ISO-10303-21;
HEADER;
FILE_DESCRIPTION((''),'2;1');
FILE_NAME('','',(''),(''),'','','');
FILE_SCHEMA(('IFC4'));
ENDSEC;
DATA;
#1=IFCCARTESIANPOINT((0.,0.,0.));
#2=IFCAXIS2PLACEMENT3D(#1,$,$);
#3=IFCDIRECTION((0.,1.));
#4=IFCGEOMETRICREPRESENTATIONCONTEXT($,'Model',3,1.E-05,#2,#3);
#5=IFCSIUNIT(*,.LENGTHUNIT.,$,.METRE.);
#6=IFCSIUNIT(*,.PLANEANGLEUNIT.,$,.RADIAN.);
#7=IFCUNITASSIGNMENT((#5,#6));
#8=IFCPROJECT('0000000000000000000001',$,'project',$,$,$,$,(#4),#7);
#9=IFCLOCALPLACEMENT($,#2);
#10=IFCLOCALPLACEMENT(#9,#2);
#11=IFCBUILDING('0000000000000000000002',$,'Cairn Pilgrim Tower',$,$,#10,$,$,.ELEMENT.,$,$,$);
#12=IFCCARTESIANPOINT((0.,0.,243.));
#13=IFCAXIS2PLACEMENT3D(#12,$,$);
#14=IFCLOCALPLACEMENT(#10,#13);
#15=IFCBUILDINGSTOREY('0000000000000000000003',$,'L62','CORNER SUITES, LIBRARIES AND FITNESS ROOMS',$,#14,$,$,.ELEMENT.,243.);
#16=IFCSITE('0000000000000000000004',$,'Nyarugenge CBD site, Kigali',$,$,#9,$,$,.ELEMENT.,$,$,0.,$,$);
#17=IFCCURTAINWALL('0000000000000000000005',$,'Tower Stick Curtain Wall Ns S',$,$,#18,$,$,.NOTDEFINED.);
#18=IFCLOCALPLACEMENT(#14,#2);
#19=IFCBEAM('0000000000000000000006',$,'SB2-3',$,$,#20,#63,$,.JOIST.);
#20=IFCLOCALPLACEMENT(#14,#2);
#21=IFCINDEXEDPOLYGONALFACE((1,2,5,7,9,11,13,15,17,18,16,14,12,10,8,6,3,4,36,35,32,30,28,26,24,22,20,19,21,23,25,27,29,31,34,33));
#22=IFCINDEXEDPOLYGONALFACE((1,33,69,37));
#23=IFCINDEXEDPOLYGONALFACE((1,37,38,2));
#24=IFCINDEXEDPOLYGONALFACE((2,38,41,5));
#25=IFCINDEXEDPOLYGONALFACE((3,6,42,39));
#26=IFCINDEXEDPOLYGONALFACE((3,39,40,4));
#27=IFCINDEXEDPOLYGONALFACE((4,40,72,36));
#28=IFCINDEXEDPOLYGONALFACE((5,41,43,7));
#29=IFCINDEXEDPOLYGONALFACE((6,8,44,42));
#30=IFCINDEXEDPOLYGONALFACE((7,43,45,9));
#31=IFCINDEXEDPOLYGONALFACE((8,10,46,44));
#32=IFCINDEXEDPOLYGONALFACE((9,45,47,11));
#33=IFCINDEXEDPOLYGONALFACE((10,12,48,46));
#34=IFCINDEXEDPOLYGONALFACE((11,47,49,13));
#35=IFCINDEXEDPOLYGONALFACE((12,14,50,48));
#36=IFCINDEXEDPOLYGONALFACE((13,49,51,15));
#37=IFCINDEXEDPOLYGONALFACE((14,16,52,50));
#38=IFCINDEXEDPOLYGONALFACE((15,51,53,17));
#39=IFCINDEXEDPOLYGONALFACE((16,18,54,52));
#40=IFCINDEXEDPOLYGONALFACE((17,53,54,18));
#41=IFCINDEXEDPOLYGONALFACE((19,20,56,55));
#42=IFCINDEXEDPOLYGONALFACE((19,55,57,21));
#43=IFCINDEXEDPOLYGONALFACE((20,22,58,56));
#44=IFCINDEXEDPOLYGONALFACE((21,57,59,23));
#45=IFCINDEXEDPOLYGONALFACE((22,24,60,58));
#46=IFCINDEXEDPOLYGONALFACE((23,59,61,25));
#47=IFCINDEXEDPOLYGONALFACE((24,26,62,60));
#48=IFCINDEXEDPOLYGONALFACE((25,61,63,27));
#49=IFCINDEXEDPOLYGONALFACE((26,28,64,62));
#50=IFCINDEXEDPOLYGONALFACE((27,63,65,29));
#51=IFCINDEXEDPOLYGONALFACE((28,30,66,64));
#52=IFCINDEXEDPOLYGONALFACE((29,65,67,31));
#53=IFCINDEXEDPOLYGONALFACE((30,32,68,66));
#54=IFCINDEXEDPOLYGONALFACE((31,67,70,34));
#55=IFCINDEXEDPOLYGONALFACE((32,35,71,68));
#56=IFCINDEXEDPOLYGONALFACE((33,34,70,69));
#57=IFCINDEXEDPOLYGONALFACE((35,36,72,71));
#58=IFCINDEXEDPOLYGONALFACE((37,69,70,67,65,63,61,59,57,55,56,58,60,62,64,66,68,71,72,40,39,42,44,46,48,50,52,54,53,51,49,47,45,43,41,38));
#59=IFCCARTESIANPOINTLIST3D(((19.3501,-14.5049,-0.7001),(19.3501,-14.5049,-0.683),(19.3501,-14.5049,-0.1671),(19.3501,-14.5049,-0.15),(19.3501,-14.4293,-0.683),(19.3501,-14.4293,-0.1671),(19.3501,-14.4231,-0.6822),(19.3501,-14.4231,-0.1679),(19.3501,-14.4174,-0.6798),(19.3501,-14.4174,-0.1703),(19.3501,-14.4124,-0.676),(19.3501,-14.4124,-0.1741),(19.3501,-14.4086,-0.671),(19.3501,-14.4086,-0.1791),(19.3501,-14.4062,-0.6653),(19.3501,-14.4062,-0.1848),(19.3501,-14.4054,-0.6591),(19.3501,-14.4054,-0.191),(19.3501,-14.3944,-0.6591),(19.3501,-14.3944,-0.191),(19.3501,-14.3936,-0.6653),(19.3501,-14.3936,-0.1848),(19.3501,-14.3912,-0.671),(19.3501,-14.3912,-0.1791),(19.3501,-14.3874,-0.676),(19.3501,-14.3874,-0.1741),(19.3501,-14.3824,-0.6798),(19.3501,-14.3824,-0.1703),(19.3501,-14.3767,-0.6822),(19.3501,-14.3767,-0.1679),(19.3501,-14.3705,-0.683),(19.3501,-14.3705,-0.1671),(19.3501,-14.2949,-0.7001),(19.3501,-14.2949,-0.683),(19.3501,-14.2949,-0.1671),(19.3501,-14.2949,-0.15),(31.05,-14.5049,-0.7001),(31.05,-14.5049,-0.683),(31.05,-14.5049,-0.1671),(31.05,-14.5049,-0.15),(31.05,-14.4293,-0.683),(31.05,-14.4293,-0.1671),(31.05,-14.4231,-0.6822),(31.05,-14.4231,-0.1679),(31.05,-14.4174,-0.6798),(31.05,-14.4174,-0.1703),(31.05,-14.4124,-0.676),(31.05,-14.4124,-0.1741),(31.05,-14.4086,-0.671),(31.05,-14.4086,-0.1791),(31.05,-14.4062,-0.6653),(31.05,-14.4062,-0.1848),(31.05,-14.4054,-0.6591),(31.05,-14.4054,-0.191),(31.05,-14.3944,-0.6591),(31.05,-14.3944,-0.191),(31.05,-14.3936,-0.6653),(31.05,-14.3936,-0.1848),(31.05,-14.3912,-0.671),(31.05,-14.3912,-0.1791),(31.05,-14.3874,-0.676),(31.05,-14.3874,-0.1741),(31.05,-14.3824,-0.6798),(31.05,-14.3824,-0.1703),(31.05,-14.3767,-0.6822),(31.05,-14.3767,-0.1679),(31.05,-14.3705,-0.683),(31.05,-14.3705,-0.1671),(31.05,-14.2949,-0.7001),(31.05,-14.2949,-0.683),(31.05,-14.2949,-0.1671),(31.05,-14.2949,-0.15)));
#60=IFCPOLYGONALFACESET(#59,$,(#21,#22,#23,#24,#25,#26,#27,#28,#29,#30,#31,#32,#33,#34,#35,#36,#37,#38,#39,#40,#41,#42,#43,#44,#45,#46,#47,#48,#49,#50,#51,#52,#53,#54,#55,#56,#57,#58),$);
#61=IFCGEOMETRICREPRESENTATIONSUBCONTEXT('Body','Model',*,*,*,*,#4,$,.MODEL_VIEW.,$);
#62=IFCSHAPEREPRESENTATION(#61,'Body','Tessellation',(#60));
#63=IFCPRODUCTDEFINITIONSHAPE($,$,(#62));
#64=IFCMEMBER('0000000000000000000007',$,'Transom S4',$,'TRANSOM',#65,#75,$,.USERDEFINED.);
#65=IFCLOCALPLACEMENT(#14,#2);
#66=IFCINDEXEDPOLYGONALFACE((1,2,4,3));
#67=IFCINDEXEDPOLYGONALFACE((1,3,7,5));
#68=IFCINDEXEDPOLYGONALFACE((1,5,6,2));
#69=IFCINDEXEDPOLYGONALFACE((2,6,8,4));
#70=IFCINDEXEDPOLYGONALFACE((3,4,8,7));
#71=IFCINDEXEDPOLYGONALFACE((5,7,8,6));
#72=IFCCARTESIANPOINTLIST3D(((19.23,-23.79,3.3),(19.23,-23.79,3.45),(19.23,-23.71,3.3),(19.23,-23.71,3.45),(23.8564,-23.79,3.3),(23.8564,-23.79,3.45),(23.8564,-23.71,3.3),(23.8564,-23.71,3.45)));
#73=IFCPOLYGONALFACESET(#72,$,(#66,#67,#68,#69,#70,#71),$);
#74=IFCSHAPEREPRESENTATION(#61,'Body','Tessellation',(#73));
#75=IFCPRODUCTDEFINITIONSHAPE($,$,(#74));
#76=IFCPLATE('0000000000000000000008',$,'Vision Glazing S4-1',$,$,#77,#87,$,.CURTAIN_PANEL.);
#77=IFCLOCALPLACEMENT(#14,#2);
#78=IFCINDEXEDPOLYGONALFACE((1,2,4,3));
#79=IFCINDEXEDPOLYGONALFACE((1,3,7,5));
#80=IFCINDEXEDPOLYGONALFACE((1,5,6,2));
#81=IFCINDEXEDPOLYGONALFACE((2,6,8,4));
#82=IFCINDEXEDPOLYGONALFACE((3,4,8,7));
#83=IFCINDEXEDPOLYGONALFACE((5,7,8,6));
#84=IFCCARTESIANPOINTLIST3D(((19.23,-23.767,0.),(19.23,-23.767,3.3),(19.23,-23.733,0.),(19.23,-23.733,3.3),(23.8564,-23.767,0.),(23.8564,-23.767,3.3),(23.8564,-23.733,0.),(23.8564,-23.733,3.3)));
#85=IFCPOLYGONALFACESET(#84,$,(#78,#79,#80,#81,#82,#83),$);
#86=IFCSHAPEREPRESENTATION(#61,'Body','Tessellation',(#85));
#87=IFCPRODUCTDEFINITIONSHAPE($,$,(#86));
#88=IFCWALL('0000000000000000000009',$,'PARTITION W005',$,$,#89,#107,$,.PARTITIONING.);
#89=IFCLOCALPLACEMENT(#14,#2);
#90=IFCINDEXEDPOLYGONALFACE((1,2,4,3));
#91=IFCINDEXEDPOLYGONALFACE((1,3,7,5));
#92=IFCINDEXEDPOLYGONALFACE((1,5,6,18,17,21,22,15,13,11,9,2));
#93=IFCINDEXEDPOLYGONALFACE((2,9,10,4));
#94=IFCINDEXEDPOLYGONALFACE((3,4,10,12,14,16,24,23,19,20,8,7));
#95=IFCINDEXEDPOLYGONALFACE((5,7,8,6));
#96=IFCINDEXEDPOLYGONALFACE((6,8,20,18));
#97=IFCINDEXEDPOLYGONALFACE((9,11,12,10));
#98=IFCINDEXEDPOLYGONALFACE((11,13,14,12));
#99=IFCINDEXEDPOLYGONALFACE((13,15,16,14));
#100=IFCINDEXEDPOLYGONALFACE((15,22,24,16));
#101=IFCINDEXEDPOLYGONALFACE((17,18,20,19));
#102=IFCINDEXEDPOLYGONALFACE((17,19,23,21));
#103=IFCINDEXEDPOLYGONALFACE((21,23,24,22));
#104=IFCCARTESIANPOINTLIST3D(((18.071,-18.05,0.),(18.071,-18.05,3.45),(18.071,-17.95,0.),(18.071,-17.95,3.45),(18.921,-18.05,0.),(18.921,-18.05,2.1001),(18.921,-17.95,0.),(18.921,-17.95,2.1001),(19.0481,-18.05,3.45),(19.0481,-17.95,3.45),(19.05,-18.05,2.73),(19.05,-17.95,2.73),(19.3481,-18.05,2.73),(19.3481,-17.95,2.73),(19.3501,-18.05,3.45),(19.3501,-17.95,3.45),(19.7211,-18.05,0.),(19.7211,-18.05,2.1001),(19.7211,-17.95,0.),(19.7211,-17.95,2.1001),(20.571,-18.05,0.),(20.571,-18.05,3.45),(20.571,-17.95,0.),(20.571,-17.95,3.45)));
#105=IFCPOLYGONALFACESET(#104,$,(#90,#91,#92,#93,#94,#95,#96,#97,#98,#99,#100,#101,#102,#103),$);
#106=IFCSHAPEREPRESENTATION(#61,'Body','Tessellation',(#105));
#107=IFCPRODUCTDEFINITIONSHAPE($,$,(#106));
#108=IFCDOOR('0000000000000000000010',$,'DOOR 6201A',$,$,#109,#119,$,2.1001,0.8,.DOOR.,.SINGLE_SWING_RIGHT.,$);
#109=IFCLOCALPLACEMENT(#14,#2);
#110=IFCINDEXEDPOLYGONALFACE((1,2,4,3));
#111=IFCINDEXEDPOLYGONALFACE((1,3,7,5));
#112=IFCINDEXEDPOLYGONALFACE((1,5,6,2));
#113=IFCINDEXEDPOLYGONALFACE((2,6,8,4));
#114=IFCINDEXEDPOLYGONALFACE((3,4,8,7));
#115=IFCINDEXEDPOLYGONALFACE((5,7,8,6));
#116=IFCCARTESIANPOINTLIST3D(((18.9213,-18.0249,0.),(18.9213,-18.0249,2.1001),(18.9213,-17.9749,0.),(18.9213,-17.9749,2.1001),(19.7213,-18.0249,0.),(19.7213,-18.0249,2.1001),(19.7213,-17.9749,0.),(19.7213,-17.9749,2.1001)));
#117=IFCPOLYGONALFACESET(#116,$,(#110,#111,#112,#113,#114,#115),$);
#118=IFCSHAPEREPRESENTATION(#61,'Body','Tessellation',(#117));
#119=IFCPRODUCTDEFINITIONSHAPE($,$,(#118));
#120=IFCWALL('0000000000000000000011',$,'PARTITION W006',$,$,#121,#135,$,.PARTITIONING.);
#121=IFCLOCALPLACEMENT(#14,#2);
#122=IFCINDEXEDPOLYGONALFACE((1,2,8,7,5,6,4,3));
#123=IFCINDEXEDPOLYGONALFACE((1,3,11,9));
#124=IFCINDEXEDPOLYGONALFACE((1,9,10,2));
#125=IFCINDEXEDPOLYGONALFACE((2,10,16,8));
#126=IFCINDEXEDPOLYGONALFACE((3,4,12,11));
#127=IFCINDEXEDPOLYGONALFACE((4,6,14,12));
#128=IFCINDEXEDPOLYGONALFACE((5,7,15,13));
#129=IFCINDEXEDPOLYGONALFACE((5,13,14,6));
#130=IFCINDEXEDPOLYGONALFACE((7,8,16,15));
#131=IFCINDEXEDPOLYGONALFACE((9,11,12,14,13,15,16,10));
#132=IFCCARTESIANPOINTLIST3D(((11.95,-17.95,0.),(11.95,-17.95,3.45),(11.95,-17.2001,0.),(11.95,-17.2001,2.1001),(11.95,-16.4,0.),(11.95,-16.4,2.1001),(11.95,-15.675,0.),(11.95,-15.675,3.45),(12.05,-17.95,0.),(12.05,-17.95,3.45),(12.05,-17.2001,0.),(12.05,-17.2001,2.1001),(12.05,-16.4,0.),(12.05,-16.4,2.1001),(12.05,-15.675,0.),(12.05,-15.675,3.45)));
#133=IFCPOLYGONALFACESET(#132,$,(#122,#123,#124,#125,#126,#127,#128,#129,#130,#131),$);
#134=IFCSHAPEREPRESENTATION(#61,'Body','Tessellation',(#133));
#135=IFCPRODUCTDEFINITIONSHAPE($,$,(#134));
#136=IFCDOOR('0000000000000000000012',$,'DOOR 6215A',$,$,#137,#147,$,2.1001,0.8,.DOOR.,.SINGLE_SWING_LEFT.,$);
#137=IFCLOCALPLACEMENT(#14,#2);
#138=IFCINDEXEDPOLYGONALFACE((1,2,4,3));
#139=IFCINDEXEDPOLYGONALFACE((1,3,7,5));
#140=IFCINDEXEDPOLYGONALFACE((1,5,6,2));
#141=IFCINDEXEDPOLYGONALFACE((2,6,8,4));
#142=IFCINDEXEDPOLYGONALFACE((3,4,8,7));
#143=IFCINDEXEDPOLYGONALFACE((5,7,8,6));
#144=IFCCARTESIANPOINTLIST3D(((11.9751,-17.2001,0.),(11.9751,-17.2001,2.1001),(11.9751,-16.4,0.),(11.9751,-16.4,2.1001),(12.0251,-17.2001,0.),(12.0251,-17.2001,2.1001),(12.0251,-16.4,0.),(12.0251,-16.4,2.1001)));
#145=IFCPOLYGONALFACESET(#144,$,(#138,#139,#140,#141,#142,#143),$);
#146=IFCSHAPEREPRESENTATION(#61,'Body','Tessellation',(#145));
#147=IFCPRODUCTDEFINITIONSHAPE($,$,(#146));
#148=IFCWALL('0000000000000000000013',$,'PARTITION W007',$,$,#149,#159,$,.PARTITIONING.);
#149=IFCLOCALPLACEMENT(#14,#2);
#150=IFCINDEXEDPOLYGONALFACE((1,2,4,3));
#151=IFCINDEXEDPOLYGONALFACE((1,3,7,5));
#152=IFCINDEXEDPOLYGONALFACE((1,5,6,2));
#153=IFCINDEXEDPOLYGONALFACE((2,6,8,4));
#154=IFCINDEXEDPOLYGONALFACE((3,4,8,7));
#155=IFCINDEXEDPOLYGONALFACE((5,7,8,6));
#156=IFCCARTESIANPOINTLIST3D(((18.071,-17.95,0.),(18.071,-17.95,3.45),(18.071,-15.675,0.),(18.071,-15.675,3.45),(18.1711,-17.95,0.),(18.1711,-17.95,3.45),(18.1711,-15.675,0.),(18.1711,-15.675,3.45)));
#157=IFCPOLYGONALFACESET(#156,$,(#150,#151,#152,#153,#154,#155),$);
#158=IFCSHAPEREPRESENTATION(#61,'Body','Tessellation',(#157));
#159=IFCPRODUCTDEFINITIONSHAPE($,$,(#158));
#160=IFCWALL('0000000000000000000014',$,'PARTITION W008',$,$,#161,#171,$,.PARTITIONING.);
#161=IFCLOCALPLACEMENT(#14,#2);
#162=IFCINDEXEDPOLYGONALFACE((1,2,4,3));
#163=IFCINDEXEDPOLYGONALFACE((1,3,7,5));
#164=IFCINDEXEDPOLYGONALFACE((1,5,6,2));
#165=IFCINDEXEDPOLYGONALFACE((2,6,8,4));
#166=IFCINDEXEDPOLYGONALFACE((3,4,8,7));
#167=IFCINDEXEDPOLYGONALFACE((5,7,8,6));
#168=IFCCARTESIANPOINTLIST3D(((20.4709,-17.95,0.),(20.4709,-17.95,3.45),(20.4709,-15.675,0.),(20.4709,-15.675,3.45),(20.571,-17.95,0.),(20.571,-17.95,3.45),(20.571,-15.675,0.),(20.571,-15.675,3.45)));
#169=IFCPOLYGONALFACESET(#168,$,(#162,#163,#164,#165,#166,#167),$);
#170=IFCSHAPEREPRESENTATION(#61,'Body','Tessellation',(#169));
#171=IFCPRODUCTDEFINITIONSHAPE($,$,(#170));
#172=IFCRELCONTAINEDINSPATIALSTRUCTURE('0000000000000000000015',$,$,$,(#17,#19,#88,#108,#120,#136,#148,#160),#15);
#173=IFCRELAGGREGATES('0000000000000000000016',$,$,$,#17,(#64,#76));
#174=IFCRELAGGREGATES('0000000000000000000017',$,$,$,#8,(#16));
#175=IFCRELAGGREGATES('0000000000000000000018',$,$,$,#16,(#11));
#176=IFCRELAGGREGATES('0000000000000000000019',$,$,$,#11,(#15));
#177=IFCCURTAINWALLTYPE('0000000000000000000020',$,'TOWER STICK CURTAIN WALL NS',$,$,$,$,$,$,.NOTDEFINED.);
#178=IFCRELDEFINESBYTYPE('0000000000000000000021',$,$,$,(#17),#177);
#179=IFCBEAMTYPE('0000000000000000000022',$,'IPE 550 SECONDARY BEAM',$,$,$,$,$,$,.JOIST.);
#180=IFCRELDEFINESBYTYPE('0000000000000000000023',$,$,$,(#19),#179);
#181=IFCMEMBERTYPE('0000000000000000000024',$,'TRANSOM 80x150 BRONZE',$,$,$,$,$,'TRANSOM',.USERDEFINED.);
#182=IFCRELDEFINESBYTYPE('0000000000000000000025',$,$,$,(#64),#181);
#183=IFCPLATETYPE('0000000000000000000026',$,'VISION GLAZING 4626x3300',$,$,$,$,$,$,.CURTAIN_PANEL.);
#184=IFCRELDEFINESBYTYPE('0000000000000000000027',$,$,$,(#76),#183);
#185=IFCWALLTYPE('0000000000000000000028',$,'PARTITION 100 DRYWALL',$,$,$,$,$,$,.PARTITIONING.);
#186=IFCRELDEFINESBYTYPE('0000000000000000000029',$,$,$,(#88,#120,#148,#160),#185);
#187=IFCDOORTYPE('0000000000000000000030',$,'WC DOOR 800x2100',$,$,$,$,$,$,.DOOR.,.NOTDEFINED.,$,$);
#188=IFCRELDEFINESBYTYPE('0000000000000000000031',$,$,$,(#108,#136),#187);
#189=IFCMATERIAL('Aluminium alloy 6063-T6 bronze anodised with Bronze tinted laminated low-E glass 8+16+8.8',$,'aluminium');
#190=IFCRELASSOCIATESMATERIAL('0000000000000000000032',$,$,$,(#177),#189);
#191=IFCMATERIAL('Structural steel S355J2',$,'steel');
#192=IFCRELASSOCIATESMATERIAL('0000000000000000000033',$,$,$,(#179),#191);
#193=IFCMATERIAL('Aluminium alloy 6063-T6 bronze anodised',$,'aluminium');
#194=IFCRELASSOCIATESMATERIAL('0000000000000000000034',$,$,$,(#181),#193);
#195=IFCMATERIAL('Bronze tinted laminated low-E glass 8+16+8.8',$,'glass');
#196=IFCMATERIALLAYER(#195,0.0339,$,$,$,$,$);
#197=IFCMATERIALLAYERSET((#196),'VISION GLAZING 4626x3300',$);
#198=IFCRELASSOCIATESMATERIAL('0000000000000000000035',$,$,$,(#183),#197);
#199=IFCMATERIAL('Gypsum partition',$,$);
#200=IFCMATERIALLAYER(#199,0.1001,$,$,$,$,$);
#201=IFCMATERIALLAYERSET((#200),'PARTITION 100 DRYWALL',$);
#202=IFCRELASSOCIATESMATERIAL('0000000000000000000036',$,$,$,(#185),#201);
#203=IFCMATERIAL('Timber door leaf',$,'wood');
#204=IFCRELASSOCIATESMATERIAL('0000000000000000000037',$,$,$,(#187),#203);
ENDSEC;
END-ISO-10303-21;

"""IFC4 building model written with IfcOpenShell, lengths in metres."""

from ifc_helpers import new_model, si_unit, direction, frame, frame_2d, origin, origin_2d, place, context, subcontext, project, spatial, polyline, rectangle, i_section, outline, extrude, material, layer, layer_set, material_profile, profile_set, type_object, element, fill, aggregate, save


model = new_model("IFC4")

# Units and contexts
model_context = context("Model", 3, precision=1e-05, world=origin(), true_north=direction((0.0, 1.0)))
body_context = subcontext(model_context, "Body", "Model", "MODEL_VIEW")
ifc_project = project(units=[si_unit("LENGTHUNIT", "METRE"), si_unit("PLANEANGLEUNIT", "RADIAN")], contexts=[model_context])

# Site, building, storey
site_placement = place(None, origin())
site = spatial("IfcSite", under=ifc_project, at=site_placement, Name="Nyarugenge CBD site, Kigali", CompositionType="ELEMENT", RefElevation=0.0)
building_placement = place(site_placement, origin())
building = spatial("IfcBuilding", under=site, at=building_placement, Name="Cairn Pilgrim Tower", CompositionType="ELEMENT")
storey_placement = place(building_placement, frame((0.0, 0.0, 243.0)))
storey = spatial("IfcBuildingStorey", under=building, at=storey_placement, Name="L62", Description="CORNER SUITES, LIBRARIES AND FITNESS ROOMS", CompositionType="ELEMENT", Elevation=243.0)

# Curtain wall
ifc_material_1 = material(Name="Aluminium alloy 6063-T6 bronze anodised with Bronze tinted laminated low-E glass 8+16+8.8", Category="aluminium")
curtain_wall_type_1 = type_object("IfcCurtainWallType", Name="TOWER STICK CURTAIN WALL NS", PredefinedType="NOTDEFINED", material=ifc_material_1)
curtain_wall_1_placement = place(storey_placement, origin())
curtain_wall_1 = element("IfcCurtainWall", 1, at=curtain_wall_1_placement, inside=storey, type_object=curtain_wall_type_1, Name="Tower Stick Curtain Wall Ns S", PredefinedType="NOTDEFINED")
ifc_material_2 = material(Name="Aluminium alloy 6063-T6 bronze anodised", Category="aluminium")

# Beam
ifc_material_3 = material(Name="Structural steel S355J2", Category="steel")
ifc_material_profile_1 = material_profile(ifc_material_3, i_section(OverallWidth=0.21, OverallDepth=0.55, WebThickness=0.011, FlangeThickness=0.0171, FilletRadius=0.0239, at=origin_2d()), Name="IPE 550")
ifc_profile_set_1 = profile_set([ifc_material_profile_1], Name="Structural steel S355J2")
beam_type_1 = type_object("IfcBeamType", Name="IPE 550 SECONDARY BEAM", PredefinedType="JOIST", material=ifc_profile_set_1)
beam_1_placement = place(storey_placement, frame((19.3501, -14.3999, -0.425), z_axis=(1.0, 0.0, 0.0), x_axis=(0.0, 1.0, 0.0)))
element("IfcBeam", 2, at=beam_1_placement, inside=storey, type_object=beam_type_1, Name="SB2-3", PredefinedType="JOIST", context=body_context, shape_type="SweptSolid", body=[
    extrude(i_section(OverallWidth=0.21, OverallDepth=0.55, WebThickness=0.011, FlangeThickness=0.0171, FilletRadius=0.0239, at=origin_2d()), origin(), (0.0, 0.0, 1.0), 11.7),
])

# Member
ifc_material_profile_2 = material_profile(ifc_material_2, rectangle(XDim=0.0801, YDim=0.1499, at=origin_2d()), Name="TRANSOM 80x150 BRONZE")
ifc_profile_set_2 = profile_set([ifc_material_profile_2], Name="Aluminium alloy 6063-T6 bronze anodised")
member_type_1 = type_object("IfcMemberType", Name="TRANSOM 80x150 BRONZE", ElementType="TRANSOM", PredefinedType="USERDEFINED", material=ifc_profile_set_2)
member_1_placement = place(storey_placement, frame((19.23, -23.75, 3.375), z_axis=(1.0, 0.0, 0.0), x_axis=(0.0, 1.0, 0.0)))
member_1 = element("IfcMember", 3, at=member_1_placement, type_object=member_type_1, Name="Transom S4", ObjectType="TRANSOM", PredefinedType="USERDEFINED", context=body_context, shape_type="SweptSolid", body=[
    extrude(rectangle(XDim=0.0801, YDim=0.1499, at=origin_2d()), origin(), (0.0, 0.0, 1.0), 4.6265),
])

# Plate
ifc_material_4 = material(Name="Bronze tinted laminated low-E glass 8+16+8.8", Category="glass")
ifc_layer_1 = layer(ifc_material_4, 0.0339)
ifc_layer_set_1 = layer_set([ifc_layer_1], Name="VISION GLAZING 4626x3300")
plate_type = type_object("IfcPlateType", Name="VISION GLAZING 4626x3300", PredefinedType="CURTAIN_PANEL", material=ifc_layer_set_1)
plate_placement = place(storey_placement, frame((21.5432, -23.75, 0.0), z_axis=(0.0, 0.0, 1.0), x_axis=(1.0, 0.0, 0.0)))
plate = element("IfcPlate", 4, at=plate_placement, type_object=plate_type, Name="Vision Glazing S4-1", PredefinedType="CURTAIN_PANEL", context=body_context, shape_type="SweptSolid", body=[
    extrude(rectangle(XDim=4.6265, YDim=0.0339, at=origin_2d()), origin(), (0.0, 0.0, 1.0), 3.3),
])
aggregate(curtain_wall_1, [member_1, plate])

# Walls, openings, doors
ifc_material_5 = material(Name="Gypsum partition")
ifc_layer_2 = layer(ifc_material_5, 0.1001)
ifc_layer_set_2 = layer_set([ifc_layer_2], Name="PARTITION 100 DRYWALL")
wall_type_1 = type_object("IfcWallType", Name="PARTITION 100 DRYWALL", PredefinedType="PARTITIONING", material=ifc_layer_set_2)
wall_1_placement = place(storey_placement, frame((18.071, -18.0, 0.0), z_axis=(0.0, 0.0, 1.0), x_axis=(1.0, 0.0, 0.0)))
wall_1 = element("IfcWall", 5, at=wall_1_placement, inside=storey, type_object=wall_type_1, Name="PARTITION W005", PredefinedType="PARTITIONING", context=body_context, shape_type="SweptSolid", body=[
    extrude(outline(polyline([(0.0, 0.0), (2.5, 0.0), (2.5, 3.45), (1.2791, 3.45), (1.2771, 2.73), (0.979, 2.73), (0.9771, 3.45), (0.0, 3.45), (0.0, 0.0)])), frame((0.0, 0.05, 0.0), z_axis=(0.0, -1.0, 0.0), x_axis=(1.0, 0.0, 0.0)), (0.0, 0.0, 1.0), 0.1001),
])
opening_1_placement = place(wall_1_placement, frame((0.8501, 0.0, 0.0)))
opening_1 = element("IfcOpeningElement", 6, at=opening_1_placement, cuts=wall_1, PredefinedType="OPENING", context=body_context, shape_type="SweptSolid", body=[
    extrude(rectangle(XDim=0.8, YDim=2.1001, at=frame_2d((0.3999, 1.05))), frame((0.0, 0.0601, 0.0), z_axis=(0.0, -1.0, 0.0), x_axis=(1.0, 0.0, 0.0)), (0.0, 0.0, 1.0), 0.1201),
])
ifc_material_6 = material(Name="Timber door leaf", Category="wood")
door_type_1 = type_object("IfcDoorType", Name="WC DOOR 800x2100", OperationType="NOTDEFINED", PredefinedType="DOOR", material=ifc_material_6)
door_1_placement = place(opening_1_placement, frame((0.8, 0.0, 0.0), z_axis=(0.0, 0.0, 1.0), x_axis=(-1.0, 0.0, 0.0)))
door_1 = element("IfcDoor", 7, at=door_1_placement, inside=storey, type_object=door_type_1, Name="DOOR 6201A", OperationType="SINGLE_SWING_RIGHT", OverallHeight=2.1001, OverallWidth=0.8, PredefinedType="DOOR", context=body_context, shape_type="SweptSolid", body=[
    extrude(rectangle(XDim=0.8, YDim=2.1001, at=frame_2d((0.3999, 1.05))), frame((0.0, 0.0249, 0.0), z_axis=(0.0, -1.0, 0.0), x_axis=(1.0, 0.0, 0.0)), (0.0, 0.0, 1.0), 0.05),
])
fill(opening_1, door_1)
wall_2_placement = place(storey_placement, frame((12.0, -17.95, 0.0), z_axis=(0.0, 0.0, 1.0), x_axis=(0.0, 1.0, 0.0)))
wall_2 = element("IfcWall", 8, at=wall_2_placement, inside=storey, type_object=wall_type_1, Name="PARTITION W006", PredefinedType="PARTITIONING", context=body_context, shape_type="SweptSolid", body=[
    extrude(rectangle(XDim=2.2749, YDim=0.1001, at=frame_2d((1.1375, 0.0))), origin(), (0.0, 0.0, 1.0), 3.45),
])
opening_2_placement = place(wall_2_placement, frame((0.75, 0.0, 0.0)))
opening_2 = element("IfcOpeningElement", 9, at=opening_2_placement, cuts=wall_2, PredefinedType="OPENING", context=body_context, shape_type="SweptSolid", body=[
    extrude(rectangle(XDim=0.8, YDim=2.1001, at=frame_2d((0.3999, 1.05))), frame((0.0, 0.0601, 0.0), z_axis=(0.0, -1.0, 0.0), x_axis=(1.0, 0.0, 0.0)), (0.0, 0.0, 1.0), 0.1201),
])
door_2_placement = place(opening_2_placement, origin())
door_2 = element("IfcDoor", 10, at=door_2_placement, inside=storey, type_object=door_type_1, Name="DOOR 6215A", OperationType="SINGLE_SWING_LEFT", OverallHeight=2.1001, OverallWidth=0.8, PredefinedType="DOOR", context=body_context, shape_type="SweptSolid", body=[
    extrude(rectangle(XDim=0.8, YDim=2.1001, at=frame_2d((0.3999, 1.05))), frame((0.0, 0.0249, 0.0), z_axis=(0.0, -1.0, 0.0), x_axis=(1.0, 0.0, 0.0)), (0.0, 0.0, 1.0), 0.05),
])
fill(opening_2, door_2)

# Walls
for number, where, z_axis, x_axis, name in (
    (11, (18.1211, -17.95, 0.0), (0.0, 0.0, 1.0), (0.0, 1.0, 0.0), "PARTITION W007"),
    (12, (20.521, -17.95, 0.0), (0.0, 0.0, 1.0), (0.0, 1.0, 0.0), "PARTITION W008"),
):
    element("IfcWall", number, at=place(storey_placement, frame(where, z_axis=z_axis, x_axis=x_axis)), inside=storey, type_object=wall_type_1, Name=name, PredefinedType="PARTITIONING", context=body_context, shape_type="SweptSolid", body=[
        extrude(rectangle(XDim=2.2749, YDim=0.1001, at=frame_2d((1.1375, 0.0))), origin(), (0.0, 0.0, 1.0), 3.45),
    ])

save(model, "model.ifc")
